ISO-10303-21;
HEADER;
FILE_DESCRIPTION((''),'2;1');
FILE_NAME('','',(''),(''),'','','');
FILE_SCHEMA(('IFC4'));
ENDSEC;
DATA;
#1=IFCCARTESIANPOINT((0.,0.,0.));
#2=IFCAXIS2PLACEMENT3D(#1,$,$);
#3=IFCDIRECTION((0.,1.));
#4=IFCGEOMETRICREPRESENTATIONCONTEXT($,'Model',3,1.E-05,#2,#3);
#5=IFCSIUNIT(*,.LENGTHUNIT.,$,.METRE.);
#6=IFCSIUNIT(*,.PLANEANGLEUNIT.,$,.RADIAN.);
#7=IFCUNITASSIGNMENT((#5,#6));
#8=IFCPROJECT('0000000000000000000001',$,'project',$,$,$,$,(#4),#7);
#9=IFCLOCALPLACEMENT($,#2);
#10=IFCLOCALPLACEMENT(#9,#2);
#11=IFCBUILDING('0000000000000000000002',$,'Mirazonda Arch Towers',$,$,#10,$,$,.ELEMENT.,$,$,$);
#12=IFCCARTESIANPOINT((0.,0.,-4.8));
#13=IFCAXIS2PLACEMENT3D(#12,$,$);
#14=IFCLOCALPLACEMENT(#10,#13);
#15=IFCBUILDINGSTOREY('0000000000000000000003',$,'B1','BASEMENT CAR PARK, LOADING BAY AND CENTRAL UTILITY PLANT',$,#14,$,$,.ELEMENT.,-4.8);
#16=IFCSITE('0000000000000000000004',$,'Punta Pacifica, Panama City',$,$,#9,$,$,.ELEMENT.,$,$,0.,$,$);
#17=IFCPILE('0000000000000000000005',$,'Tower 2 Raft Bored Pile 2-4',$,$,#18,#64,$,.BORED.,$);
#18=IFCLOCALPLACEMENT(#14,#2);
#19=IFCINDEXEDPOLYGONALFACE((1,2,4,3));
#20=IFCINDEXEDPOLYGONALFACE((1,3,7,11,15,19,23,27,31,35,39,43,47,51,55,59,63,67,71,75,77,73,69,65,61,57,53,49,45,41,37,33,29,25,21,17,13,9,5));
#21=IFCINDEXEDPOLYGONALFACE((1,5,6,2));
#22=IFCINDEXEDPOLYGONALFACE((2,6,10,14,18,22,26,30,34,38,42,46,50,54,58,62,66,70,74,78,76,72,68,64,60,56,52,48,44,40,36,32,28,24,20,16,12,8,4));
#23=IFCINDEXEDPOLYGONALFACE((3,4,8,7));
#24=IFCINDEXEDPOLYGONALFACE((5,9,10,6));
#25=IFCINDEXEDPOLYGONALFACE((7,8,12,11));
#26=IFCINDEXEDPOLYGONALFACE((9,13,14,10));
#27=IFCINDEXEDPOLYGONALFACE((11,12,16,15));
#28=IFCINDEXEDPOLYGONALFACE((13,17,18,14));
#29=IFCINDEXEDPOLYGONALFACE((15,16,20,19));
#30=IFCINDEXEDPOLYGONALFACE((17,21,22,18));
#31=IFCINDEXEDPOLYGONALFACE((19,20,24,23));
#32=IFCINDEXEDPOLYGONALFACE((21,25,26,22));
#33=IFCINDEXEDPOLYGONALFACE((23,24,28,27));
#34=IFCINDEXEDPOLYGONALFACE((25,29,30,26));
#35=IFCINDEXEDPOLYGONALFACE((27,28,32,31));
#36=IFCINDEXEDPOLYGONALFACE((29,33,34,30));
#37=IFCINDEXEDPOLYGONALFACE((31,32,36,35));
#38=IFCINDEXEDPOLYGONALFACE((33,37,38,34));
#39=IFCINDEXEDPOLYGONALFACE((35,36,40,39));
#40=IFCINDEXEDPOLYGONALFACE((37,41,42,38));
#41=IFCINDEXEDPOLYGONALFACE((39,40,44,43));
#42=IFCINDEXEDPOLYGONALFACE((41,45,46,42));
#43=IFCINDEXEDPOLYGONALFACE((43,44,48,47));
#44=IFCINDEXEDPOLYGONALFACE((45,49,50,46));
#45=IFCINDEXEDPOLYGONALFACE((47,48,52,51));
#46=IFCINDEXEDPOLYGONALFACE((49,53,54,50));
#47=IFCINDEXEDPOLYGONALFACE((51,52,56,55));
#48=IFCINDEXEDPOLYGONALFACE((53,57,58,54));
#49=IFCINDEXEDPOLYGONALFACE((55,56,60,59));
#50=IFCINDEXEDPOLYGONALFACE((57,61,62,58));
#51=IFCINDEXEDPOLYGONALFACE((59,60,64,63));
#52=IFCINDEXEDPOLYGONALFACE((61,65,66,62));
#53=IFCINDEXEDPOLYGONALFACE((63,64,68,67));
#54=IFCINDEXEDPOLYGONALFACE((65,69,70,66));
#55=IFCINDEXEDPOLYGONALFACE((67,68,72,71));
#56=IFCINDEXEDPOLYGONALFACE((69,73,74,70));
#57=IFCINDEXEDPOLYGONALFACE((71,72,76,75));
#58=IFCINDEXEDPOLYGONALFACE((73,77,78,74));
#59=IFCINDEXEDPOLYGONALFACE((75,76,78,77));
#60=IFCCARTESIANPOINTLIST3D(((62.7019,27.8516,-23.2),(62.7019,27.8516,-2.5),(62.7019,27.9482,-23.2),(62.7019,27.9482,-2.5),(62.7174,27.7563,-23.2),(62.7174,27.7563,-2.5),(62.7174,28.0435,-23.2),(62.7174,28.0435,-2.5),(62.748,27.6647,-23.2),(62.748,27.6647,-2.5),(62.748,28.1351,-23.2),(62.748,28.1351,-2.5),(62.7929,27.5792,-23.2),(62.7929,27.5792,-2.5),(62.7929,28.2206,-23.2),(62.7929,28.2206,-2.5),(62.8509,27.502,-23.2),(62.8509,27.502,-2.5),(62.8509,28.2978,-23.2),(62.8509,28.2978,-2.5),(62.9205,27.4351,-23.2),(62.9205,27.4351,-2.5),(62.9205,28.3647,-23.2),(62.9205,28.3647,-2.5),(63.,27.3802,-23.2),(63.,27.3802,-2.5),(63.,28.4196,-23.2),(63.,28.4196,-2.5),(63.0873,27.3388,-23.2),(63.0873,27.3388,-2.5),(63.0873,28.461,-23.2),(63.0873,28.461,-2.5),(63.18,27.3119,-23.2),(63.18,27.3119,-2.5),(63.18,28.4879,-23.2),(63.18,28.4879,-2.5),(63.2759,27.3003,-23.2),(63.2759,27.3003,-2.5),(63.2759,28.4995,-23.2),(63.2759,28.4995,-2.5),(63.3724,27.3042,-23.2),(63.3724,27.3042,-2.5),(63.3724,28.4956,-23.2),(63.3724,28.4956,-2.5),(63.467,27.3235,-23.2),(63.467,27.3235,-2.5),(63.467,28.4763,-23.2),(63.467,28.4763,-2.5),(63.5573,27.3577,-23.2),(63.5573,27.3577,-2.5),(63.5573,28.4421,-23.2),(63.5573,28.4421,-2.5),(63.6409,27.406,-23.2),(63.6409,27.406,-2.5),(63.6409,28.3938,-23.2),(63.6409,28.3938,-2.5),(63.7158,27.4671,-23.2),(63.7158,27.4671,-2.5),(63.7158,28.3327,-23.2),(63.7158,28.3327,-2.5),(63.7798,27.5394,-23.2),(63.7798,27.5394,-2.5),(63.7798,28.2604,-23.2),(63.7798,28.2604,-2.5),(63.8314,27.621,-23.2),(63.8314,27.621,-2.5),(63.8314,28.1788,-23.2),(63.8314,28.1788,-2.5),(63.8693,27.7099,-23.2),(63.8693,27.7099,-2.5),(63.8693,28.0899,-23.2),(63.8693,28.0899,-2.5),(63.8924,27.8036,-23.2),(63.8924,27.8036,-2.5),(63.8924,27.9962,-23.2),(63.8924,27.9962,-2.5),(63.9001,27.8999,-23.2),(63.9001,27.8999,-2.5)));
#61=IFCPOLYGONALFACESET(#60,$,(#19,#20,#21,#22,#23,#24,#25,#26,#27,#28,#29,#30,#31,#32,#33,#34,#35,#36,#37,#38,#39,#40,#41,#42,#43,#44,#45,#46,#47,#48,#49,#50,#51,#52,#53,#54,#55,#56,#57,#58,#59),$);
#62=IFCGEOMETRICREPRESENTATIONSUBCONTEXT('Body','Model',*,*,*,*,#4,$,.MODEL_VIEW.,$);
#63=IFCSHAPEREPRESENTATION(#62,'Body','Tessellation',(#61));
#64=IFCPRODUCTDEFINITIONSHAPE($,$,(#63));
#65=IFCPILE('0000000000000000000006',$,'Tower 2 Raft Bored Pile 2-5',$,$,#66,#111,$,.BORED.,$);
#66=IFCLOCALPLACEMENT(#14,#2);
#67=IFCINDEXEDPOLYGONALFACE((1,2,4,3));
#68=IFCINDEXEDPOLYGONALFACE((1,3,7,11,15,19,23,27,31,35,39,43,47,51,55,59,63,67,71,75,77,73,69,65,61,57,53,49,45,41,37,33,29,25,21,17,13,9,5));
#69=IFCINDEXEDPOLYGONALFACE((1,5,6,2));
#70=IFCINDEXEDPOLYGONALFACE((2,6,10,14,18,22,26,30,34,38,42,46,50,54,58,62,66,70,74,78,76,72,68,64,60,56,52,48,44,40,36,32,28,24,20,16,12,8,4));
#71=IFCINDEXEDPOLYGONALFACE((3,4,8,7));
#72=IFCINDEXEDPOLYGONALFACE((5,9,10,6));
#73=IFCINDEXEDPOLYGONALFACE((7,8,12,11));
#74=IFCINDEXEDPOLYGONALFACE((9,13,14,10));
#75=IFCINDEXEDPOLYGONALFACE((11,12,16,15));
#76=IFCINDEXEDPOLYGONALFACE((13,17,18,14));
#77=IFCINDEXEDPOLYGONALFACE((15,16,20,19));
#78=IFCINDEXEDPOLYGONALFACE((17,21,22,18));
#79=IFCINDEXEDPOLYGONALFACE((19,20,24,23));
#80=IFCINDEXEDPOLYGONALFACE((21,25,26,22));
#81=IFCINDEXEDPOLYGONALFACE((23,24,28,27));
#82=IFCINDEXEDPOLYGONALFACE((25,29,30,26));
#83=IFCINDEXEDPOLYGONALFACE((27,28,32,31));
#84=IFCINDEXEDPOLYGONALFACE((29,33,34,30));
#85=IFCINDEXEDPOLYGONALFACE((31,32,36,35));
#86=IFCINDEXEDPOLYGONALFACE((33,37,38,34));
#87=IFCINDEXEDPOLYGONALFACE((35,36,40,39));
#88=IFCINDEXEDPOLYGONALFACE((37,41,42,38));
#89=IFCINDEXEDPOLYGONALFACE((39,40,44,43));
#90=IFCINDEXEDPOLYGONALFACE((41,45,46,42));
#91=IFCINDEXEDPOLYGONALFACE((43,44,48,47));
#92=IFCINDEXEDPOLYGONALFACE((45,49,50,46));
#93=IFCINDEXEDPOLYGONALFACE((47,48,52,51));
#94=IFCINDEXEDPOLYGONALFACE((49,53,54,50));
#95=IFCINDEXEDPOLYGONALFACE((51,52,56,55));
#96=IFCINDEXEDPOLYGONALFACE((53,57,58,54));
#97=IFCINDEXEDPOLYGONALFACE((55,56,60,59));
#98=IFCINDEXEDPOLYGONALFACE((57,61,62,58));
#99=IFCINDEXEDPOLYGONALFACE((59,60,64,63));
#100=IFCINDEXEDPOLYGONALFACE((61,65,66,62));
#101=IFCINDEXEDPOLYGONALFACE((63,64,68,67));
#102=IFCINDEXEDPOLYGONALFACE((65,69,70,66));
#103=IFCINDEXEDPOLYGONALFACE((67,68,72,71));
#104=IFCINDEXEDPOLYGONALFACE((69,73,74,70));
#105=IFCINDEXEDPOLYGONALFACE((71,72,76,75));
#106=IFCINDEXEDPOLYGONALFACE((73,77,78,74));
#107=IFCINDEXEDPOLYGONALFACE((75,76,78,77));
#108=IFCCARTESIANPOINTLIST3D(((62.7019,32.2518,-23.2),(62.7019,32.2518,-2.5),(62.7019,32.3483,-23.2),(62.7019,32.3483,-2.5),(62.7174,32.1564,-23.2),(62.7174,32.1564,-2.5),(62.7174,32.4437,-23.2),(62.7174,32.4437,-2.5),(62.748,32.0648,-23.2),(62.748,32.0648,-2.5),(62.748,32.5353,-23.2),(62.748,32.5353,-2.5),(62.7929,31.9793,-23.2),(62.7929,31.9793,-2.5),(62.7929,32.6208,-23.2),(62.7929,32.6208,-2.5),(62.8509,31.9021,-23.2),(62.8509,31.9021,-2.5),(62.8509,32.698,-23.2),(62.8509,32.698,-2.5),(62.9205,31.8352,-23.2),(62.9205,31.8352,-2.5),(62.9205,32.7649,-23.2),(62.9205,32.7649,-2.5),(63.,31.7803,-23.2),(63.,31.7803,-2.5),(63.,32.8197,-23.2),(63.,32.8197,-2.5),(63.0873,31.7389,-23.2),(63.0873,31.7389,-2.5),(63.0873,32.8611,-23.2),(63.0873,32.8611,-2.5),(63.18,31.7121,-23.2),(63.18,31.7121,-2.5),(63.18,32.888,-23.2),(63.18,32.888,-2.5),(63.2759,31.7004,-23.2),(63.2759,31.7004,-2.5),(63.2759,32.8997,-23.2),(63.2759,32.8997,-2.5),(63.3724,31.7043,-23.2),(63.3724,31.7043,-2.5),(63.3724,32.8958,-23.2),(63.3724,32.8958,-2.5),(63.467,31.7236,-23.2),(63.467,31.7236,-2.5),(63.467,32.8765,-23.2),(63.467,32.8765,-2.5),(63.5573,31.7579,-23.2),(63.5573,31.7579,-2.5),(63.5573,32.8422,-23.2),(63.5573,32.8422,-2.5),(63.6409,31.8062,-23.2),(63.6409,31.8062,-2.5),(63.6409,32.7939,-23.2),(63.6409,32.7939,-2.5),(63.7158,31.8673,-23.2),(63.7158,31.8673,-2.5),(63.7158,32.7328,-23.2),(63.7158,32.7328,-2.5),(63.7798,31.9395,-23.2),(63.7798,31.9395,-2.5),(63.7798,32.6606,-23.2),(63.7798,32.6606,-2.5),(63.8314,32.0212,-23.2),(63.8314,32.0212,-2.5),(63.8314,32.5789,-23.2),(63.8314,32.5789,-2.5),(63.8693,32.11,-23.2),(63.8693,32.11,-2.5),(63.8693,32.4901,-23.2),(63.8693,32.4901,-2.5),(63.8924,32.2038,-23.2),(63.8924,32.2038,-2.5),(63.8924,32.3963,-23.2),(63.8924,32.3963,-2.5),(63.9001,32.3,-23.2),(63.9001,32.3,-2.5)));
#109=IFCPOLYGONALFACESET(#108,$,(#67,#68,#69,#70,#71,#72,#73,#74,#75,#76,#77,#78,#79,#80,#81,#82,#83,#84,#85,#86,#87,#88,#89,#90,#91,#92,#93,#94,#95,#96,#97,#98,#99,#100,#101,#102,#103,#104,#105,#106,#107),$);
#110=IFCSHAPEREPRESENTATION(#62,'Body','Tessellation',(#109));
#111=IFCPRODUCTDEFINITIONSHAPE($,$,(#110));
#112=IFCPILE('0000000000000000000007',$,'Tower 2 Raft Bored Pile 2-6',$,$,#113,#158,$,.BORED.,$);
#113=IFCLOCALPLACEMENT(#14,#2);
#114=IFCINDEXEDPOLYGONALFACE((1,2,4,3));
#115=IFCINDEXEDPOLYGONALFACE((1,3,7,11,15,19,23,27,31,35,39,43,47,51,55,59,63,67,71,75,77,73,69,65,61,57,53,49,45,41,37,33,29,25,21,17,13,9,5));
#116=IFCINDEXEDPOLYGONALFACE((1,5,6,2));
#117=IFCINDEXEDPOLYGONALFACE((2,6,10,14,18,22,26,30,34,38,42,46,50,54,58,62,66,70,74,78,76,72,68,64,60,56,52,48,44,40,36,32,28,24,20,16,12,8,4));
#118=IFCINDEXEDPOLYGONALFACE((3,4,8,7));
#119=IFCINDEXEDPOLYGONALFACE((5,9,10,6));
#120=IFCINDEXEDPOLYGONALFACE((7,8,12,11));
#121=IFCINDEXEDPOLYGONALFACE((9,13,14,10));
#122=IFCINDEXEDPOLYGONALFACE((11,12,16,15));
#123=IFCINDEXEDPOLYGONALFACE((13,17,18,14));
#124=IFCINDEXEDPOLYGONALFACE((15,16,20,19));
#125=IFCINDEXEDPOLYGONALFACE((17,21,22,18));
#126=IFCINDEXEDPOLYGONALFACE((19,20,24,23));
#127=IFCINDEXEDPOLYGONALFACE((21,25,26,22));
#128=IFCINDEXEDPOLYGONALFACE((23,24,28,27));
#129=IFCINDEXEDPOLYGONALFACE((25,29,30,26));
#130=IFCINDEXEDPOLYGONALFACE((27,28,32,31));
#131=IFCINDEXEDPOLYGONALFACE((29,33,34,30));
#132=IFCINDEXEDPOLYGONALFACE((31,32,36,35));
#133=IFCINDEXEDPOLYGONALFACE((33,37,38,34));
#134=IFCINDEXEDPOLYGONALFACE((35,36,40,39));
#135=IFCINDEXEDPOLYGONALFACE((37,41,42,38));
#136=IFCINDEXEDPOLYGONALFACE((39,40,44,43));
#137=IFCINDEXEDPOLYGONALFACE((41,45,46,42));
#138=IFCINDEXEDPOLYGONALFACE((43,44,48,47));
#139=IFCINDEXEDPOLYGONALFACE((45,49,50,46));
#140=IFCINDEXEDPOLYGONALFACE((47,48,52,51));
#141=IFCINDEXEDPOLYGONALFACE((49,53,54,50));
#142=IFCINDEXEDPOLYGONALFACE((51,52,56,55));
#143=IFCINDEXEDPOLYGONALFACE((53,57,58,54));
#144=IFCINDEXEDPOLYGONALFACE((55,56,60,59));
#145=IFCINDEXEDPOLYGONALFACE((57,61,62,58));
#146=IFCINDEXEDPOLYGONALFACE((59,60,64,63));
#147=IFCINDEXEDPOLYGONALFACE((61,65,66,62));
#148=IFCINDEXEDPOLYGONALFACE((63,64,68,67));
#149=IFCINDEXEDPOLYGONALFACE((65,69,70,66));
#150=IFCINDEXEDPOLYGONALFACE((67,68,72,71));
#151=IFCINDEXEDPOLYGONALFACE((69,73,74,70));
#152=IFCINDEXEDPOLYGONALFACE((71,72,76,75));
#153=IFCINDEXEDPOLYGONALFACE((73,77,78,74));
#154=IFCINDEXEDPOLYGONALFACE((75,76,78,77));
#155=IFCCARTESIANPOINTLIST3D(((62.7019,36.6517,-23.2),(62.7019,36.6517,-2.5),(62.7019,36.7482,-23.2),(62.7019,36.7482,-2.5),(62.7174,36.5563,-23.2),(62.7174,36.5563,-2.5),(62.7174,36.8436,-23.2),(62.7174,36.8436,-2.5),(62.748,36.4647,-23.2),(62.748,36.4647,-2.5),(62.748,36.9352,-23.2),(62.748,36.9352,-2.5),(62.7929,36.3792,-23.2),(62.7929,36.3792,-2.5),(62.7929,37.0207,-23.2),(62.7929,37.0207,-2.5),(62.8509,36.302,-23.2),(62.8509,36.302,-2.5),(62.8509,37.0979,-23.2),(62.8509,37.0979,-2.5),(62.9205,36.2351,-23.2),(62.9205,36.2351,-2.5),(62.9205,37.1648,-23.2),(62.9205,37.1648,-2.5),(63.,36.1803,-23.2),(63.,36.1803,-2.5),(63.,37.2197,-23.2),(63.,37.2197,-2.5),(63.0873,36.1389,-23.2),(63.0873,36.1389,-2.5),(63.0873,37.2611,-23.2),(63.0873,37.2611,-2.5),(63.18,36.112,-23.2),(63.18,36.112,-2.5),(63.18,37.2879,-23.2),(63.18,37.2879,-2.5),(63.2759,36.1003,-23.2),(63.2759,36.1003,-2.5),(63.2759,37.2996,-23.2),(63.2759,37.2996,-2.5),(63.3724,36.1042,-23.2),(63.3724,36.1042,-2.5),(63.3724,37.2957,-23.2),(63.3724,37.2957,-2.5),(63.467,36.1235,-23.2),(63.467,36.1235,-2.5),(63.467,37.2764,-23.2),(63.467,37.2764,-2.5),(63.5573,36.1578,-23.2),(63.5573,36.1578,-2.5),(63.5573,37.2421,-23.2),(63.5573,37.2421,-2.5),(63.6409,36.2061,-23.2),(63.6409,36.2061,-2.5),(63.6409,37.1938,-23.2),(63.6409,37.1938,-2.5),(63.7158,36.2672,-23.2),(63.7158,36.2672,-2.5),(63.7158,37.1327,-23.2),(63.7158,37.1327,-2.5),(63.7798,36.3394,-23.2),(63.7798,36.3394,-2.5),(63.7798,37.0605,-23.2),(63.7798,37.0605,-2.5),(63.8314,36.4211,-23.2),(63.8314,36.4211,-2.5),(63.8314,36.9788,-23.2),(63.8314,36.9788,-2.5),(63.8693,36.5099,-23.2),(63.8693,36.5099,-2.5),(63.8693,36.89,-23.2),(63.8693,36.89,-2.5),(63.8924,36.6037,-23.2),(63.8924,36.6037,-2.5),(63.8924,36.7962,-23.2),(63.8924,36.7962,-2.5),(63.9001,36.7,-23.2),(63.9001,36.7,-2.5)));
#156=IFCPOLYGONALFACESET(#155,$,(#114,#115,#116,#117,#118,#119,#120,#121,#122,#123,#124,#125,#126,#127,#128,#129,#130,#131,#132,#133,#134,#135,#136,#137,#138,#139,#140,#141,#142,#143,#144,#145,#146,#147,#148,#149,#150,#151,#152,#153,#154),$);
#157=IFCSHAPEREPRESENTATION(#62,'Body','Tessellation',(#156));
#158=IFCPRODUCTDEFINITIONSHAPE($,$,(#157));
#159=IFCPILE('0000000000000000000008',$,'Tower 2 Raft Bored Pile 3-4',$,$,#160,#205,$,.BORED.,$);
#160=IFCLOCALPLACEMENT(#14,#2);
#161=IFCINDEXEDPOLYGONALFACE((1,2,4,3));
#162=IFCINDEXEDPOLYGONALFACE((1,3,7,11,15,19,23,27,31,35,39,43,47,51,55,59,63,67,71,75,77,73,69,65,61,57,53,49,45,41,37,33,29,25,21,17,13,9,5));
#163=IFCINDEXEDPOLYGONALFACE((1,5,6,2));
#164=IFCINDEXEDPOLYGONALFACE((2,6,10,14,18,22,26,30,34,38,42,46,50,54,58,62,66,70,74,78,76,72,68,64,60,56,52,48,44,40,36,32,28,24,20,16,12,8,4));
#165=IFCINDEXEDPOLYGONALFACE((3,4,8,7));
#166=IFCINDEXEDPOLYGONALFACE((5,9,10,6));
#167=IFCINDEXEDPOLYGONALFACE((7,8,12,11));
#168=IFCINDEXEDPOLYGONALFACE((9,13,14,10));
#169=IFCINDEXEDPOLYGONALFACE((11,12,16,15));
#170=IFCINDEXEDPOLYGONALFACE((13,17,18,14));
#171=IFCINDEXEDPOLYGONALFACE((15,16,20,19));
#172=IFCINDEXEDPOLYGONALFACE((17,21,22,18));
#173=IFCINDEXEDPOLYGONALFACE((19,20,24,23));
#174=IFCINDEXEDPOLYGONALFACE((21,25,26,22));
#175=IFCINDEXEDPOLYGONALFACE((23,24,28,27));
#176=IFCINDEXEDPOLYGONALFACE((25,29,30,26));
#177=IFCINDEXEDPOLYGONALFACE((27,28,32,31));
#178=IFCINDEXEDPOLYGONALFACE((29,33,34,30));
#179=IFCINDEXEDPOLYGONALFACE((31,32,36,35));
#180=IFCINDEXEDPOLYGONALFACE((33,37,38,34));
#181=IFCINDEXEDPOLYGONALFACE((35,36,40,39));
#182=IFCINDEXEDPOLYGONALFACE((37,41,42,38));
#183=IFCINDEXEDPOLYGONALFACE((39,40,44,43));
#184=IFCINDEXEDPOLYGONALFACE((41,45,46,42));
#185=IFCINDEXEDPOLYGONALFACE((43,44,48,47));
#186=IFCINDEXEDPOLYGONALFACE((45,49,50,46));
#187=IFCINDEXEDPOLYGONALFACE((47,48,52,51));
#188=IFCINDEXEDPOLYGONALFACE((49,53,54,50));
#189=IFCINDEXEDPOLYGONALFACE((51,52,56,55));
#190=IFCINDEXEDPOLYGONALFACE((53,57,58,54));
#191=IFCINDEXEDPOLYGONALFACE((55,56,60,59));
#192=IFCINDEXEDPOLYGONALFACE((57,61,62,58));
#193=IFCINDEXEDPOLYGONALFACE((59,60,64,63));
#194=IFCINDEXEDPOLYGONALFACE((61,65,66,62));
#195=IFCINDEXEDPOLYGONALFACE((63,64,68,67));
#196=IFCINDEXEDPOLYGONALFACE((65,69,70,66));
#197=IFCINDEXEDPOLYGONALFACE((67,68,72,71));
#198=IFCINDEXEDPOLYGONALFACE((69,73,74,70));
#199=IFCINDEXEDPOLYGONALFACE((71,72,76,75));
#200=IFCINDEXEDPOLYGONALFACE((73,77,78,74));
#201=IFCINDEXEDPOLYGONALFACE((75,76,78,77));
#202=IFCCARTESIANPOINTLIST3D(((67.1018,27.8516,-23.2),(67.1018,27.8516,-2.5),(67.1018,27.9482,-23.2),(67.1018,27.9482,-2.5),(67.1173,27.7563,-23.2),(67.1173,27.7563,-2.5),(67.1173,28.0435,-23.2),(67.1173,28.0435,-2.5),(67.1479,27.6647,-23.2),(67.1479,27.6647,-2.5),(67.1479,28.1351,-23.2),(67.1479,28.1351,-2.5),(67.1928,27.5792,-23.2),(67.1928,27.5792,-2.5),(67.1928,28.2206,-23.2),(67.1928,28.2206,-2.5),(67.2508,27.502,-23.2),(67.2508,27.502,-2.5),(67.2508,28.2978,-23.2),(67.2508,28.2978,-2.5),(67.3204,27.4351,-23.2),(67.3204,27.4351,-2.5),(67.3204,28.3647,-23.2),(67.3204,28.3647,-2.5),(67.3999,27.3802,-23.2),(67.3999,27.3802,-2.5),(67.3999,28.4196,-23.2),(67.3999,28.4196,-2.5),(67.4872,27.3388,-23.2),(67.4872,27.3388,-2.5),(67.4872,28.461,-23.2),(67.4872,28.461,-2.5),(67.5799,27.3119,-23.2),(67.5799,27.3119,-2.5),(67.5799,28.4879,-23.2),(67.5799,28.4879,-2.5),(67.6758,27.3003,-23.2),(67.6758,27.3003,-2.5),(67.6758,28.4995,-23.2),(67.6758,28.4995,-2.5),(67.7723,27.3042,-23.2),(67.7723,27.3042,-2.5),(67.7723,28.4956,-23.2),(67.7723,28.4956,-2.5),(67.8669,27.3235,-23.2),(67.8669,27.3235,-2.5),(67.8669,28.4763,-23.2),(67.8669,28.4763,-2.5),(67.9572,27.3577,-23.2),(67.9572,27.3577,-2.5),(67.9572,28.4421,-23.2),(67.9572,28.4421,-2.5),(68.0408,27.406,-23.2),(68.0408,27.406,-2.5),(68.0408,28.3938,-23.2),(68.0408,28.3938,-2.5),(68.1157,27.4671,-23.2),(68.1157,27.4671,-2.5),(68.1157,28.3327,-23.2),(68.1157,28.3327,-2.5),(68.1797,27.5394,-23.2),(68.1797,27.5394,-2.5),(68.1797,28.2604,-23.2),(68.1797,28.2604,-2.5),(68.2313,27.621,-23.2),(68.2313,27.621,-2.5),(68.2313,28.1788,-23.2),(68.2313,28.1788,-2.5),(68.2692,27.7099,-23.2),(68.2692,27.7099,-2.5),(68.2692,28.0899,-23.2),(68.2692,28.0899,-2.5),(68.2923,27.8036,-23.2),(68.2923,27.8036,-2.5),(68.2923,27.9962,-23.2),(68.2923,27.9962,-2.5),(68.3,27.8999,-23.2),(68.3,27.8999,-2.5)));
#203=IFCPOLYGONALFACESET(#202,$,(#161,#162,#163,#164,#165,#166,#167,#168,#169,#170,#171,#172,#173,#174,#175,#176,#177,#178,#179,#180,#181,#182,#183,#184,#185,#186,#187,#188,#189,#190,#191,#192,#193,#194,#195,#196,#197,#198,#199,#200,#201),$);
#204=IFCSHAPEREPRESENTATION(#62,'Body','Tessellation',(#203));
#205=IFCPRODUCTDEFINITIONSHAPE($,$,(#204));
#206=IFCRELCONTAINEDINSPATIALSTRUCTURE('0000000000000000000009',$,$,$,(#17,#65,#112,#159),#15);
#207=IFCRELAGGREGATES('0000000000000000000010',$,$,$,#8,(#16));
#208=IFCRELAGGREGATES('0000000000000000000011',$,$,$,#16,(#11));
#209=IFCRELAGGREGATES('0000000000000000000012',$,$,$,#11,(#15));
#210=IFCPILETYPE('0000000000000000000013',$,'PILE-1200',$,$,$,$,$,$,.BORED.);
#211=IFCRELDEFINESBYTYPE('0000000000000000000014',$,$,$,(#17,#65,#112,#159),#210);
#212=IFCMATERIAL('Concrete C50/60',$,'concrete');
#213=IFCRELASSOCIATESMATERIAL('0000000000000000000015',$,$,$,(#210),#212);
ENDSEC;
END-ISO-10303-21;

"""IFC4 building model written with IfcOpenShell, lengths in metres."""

from ifc_helpers import new_model, si_unit, direction, frame, origin, origin_2d, place, context, subcontext, project, spatial, circle, extrude, material, material_profile, profile_set, type_object, element, save


model = new_model("IFC4")

# Units and contexts
model_context = context("Model", 3, precision=1e-05, world=origin(), true_north=direction((0.0, 1.0)))
body_context = subcontext(model_context, "Body", "Model", "MODEL_VIEW")
ifc_project = project(units=[si_unit("LENGTHUNIT", "METRE"), si_unit("PLANEANGLEUNIT", "RADIAN")], contexts=[model_context])

# Site, building, storey
site_placement = place(None, origin())
site = spatial("IfcSite", under=ifc_project, at=site_placement, Name="Punta Pacifica, Panama City", CompositionType="ELEMENT", RefElevation=0.0)
building_placement = place(site_placement, origin())
building = spatial("IfcBuilding", under=site, at=building_placement, Name="Mirazonda Arch Towers", CompositionType="ELEMENT")
storey_placement = place(building_placement, frame((0.0, 0.0, -4.8)))
storey = spatial("IfcBuildingStorey", under=building, at=storey_placement, Name="B1", Description="BASEMENT CAR PARK, LOADING BAY AND CENTRAL UTILITY PLANT", CompositionType="ELEMENT", Elevation=-4.8)

# Piles
ifc_material_1 = material(Name="Concrete C50/60", Category="concrete")
ifc_material_profile_1 = material_profile(ifc_material_1, circle(Radius=0.6001, at=origin_2d()), Name="BORED-D1200")
ifc_profile_set_1 = profile_set([ifc_material_profile_1], Name="Concrete C50/60")
pile_type = type_object("IfcPileType", Name="PILE-1200", PredefinedType="BORED", material=ifc_profile_set_1)
for number, where, z_axis, x_axis, name in (
    (1, (63.3, 27.8999, -2.5), (0.0, 0.0, -1.0), (1.0, 0.0, 0.0), "Tower 2 Raft Bored Pile 2-4"),
    (2, (63.3, 32.3, -2.5), (0.0, 0.0, -1.0), (1.0, 0.0, 0.0), "Tower 2 Raft Bored Pile 2-5"),
    (3, (63.3, 36.7, -2.5), (0.0, 0.0, -1.0), (1.0, 0.0, 0.0), "Tower 2 Raft Bored Pile 2-6"),
    (4, (67.7, 27.8999, -2.5), (0.0, 0.0, -1.0), (1.0, 0.0, 0.0), "Tower 2 Raft Bored Pile 3-4"),
):
    element("IfcPile", number, at=place(storey_placement, frame(where, z_axis=z_axis, x_axis=x_axis)), inside=storey, type_object=pile_type, Name=name, PredefinedType="BORED", context=body_context, shape_type="SweptSolid", body=[
        extrude(circle(Radius=0.6001, at=origin_2d()), origin(), (0.0, 0.0, 1.0), 20.7),
    ])

save(model, "model.ifc")
